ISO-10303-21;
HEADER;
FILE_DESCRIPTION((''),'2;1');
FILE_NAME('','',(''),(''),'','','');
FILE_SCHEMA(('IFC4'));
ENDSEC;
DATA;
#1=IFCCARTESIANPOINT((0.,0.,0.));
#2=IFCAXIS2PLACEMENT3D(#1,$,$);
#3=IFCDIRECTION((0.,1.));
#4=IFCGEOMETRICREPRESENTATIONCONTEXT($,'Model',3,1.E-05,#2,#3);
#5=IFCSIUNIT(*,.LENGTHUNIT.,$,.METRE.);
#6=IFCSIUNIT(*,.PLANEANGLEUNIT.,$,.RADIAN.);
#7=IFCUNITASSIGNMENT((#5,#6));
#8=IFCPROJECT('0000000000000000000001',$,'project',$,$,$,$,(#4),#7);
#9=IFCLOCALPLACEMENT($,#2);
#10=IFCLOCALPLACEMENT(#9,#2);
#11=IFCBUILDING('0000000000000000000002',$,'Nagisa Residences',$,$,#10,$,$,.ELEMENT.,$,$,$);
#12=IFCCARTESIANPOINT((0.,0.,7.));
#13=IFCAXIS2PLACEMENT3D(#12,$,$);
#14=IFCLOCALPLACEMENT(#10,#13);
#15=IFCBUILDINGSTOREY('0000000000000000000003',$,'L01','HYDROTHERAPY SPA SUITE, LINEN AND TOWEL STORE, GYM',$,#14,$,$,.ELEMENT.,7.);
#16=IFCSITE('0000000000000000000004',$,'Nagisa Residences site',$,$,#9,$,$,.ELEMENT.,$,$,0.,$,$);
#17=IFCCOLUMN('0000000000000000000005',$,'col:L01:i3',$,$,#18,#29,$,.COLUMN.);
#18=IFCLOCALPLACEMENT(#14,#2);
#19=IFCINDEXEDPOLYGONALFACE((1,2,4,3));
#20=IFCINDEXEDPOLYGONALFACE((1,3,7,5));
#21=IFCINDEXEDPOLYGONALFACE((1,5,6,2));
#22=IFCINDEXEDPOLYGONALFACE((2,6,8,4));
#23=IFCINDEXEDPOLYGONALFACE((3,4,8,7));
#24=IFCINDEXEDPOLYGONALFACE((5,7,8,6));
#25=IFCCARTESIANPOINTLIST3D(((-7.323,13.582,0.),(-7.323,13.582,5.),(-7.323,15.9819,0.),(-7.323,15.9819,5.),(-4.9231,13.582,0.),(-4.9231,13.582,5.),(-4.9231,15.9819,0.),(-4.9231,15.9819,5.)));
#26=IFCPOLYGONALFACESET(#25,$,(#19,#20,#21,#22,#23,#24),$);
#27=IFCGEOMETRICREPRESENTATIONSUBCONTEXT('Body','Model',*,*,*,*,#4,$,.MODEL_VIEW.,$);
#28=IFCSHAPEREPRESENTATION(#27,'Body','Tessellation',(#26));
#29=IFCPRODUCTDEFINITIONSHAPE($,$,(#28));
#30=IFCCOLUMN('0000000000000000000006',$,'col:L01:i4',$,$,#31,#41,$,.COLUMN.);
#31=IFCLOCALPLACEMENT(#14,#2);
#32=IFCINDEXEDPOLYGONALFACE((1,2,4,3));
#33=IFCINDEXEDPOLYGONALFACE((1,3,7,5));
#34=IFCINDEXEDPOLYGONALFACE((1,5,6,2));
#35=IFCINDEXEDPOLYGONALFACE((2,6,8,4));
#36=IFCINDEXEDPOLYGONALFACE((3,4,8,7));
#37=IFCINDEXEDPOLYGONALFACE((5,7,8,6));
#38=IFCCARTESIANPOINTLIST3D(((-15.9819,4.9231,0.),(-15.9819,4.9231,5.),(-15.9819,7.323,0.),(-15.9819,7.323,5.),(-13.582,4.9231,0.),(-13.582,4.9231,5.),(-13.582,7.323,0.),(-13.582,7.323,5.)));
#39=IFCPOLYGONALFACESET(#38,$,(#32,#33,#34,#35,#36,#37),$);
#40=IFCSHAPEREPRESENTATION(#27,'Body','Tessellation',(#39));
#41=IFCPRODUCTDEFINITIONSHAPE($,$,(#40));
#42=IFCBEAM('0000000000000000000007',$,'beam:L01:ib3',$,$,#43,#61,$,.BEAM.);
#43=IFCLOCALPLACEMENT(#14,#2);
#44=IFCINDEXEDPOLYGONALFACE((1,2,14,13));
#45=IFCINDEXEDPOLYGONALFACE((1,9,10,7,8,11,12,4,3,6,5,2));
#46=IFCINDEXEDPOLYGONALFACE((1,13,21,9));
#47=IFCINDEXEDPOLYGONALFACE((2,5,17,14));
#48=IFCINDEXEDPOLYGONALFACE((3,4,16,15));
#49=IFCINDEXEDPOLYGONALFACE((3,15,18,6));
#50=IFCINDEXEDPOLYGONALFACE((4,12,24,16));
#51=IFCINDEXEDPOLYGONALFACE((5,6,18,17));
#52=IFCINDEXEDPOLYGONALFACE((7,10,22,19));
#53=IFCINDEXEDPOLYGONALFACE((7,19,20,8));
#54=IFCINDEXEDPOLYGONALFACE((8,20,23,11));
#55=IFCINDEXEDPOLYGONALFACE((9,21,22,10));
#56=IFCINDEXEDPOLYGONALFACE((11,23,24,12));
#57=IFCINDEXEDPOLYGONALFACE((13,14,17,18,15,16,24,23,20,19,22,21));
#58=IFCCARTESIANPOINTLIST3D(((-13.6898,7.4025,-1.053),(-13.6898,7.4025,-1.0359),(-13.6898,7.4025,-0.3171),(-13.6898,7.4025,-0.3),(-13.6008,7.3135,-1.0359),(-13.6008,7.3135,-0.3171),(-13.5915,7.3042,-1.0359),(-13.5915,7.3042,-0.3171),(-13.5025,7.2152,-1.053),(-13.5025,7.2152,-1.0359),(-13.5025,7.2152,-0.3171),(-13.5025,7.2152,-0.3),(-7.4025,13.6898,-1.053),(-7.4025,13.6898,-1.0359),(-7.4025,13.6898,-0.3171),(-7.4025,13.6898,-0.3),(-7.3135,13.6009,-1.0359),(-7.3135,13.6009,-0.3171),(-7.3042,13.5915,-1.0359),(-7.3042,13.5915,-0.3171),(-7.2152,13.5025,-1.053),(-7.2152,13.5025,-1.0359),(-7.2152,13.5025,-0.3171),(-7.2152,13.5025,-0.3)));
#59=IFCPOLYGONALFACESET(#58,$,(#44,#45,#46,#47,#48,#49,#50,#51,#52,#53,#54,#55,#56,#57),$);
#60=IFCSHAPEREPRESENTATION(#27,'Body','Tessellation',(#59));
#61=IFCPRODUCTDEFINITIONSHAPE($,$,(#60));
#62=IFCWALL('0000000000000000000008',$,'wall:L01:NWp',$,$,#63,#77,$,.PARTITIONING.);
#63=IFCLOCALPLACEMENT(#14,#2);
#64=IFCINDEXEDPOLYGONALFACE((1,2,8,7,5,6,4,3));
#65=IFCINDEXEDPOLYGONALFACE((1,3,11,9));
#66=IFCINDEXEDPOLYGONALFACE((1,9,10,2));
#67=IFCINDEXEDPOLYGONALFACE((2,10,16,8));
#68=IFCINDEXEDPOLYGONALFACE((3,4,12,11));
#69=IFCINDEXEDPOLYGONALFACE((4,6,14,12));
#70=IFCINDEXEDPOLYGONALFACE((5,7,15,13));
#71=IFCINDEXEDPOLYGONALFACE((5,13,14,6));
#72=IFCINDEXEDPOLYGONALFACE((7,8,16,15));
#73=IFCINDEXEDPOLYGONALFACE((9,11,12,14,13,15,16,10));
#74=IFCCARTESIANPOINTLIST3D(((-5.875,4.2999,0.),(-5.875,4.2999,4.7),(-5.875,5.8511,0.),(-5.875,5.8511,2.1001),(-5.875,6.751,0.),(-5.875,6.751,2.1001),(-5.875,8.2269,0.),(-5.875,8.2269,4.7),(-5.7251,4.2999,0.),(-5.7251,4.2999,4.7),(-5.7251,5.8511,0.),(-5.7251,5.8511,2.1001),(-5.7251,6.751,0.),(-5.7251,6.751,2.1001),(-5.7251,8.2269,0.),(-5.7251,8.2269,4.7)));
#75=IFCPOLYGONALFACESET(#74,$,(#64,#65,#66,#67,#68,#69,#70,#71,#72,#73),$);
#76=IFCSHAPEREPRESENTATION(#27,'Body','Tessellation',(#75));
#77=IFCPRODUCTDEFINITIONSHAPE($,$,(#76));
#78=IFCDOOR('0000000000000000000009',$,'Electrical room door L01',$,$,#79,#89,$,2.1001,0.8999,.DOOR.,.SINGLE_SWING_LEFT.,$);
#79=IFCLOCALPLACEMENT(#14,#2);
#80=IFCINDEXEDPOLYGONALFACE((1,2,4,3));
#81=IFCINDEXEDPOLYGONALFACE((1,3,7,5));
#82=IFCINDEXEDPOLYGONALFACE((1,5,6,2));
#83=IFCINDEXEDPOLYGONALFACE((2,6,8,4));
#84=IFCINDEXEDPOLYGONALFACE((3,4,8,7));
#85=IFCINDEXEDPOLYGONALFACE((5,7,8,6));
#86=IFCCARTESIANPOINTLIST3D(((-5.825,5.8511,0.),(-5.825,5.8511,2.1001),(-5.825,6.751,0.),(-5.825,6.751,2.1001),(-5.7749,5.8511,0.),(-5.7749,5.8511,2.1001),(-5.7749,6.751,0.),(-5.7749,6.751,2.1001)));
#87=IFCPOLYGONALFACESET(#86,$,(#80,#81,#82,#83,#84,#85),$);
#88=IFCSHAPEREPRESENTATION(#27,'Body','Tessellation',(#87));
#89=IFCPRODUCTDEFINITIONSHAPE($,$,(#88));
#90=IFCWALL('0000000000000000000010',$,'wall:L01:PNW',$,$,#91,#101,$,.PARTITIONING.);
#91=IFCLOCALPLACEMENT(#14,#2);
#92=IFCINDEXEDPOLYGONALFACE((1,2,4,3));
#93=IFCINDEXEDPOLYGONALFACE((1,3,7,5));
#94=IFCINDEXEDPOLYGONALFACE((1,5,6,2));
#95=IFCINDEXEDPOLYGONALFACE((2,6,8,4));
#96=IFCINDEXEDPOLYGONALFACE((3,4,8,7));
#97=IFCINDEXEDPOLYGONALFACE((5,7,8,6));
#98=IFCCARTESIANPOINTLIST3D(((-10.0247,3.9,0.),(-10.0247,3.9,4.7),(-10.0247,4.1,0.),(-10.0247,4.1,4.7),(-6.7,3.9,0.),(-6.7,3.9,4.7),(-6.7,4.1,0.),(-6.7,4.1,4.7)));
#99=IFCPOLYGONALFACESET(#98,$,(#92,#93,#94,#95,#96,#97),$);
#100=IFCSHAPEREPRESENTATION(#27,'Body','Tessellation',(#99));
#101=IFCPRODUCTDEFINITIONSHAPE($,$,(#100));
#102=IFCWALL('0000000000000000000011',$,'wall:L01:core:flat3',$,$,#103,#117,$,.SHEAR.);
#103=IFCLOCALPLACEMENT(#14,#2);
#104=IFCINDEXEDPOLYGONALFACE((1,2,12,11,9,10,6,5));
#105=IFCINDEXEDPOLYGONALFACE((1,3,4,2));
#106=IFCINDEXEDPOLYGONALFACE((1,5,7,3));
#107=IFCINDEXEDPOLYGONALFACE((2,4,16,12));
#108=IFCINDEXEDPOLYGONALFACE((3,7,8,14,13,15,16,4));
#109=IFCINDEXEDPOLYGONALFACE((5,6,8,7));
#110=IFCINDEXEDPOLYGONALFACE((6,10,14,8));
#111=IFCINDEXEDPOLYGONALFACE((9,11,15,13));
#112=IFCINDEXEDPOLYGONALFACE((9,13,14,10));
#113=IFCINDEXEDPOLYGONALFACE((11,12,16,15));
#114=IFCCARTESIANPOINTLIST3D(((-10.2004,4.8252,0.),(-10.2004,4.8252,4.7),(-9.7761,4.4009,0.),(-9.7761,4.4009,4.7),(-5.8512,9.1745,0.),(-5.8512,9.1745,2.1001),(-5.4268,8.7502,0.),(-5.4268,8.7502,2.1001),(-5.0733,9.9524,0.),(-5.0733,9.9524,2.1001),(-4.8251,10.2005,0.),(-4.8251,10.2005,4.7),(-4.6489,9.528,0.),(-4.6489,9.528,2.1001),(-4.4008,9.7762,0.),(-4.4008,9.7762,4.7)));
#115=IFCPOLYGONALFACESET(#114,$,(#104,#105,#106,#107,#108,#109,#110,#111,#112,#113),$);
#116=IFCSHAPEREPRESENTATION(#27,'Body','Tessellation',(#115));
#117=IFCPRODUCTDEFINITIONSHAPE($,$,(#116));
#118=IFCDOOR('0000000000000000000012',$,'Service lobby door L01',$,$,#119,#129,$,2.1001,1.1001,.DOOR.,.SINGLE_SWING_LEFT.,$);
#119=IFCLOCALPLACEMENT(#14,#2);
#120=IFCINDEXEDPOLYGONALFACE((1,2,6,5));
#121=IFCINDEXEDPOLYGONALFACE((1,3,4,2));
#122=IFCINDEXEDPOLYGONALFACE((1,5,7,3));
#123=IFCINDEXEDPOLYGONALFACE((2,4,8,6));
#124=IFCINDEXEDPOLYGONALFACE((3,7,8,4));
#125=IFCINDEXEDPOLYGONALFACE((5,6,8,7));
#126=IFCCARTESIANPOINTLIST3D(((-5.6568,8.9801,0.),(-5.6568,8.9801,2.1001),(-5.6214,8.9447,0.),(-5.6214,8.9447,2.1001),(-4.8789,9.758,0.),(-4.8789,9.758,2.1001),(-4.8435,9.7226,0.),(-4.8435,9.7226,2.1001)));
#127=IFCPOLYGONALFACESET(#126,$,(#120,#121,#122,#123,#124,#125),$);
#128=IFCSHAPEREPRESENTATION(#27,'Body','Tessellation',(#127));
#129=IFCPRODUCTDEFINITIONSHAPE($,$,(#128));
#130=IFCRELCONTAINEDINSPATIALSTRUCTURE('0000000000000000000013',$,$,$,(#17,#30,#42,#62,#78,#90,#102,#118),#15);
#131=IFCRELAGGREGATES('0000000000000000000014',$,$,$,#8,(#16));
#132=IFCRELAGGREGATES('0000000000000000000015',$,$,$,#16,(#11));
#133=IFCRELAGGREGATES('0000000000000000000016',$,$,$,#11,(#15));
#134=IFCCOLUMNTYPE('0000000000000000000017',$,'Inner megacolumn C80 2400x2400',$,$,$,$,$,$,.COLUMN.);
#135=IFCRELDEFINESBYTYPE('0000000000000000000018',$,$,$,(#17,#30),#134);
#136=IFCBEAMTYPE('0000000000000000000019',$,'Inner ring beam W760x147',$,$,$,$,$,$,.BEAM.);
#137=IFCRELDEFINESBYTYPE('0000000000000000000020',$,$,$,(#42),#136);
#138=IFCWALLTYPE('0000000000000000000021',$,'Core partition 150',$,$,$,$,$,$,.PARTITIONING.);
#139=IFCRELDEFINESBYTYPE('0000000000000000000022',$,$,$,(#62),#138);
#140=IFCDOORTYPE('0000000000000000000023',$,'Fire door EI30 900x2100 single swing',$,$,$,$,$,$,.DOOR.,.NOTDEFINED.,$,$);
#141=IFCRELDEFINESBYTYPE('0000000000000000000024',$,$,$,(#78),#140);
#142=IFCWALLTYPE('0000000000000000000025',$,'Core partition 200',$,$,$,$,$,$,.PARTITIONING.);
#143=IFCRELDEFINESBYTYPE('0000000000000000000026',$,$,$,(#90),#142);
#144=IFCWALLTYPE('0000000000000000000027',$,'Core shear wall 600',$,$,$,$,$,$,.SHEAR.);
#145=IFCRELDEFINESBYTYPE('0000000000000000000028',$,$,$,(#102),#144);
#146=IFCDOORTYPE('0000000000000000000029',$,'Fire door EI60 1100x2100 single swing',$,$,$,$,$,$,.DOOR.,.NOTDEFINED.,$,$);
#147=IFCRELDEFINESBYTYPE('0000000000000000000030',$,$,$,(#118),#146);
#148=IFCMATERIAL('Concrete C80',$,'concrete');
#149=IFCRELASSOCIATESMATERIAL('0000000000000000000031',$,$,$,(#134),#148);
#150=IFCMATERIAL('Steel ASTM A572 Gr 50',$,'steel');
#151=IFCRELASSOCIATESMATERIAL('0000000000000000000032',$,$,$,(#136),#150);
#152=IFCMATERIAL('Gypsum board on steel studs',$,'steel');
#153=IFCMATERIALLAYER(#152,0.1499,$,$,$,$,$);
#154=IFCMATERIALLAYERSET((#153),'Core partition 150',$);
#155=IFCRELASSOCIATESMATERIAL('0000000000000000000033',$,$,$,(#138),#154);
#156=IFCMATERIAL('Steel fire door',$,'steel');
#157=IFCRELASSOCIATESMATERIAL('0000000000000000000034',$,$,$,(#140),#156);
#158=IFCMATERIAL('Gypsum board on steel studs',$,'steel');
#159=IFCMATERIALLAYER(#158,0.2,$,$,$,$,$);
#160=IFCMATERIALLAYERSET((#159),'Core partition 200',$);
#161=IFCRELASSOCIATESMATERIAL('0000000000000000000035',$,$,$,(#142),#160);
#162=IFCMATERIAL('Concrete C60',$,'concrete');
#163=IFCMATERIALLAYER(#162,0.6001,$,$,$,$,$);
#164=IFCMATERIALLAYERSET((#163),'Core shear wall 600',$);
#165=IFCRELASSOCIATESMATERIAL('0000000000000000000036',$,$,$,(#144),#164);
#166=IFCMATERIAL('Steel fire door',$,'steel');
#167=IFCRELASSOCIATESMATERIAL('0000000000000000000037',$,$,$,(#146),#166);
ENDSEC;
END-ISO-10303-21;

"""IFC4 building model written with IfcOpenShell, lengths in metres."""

from ifc_helpers import new_model, si_unit, direction, frame, frame_2d, origin, origin_2d, place, context, subcontext, project, spatial, rectangle, i_section, extrude, material, layer, layer_set, material_profile, profile_set, type_object, element, fill, save


model = new_model("IFC4")

# Units and contexts
model_context = context("Model", 3, precision=1e-05, world=origin(), true_north=direction((0.0, 1.0)))
body_context = subcontext(model_context, "Body", "Model", "MODEL_VIEW")
ifc_project = project(units=[si_unit("LENGTHUNIT", "METRE"), si_unit("PLANEANGLEUNIT", "RADIAN")], contexts=[model_context])

# Site, building, storey
site_placement = place(None, origin())
site = spatial("IfcSite", under=ifc_project, at=site_placement, Name="Nagisa Residences site", CompositionType="ELEMENT", RefElevation=0.0)
building_placement = place(site_placement, origin())
building = spatial("IfcBuilding", under=site, at=building_placement, Name="Nagisa Residences", CompositionType="ELEMENT")
storey_placement = place(building_placement, frame((0.0, 0.0, 7.0)))
storey = spatial("IfcBuildingStorey", under=building, at=storey_placement, Name="L01", Description="HYDROTHERAPY SPA SUITE, LINEN AND TOWEL STORE, GYM", CompositionType="ELEMENT", Elevation=7.0)

# Columns
ifc_material_1 = material(Name="Concrete C80", Category="concrete")
ifc_material_profile_1 = material_profile(ifc_material_1, rectangle(XDim=2.3999, YDim=2.3999, at=origin_2d()), Name="C80 2400x2400")
ifc_profile_set_1 = profile_set([ifc_material_profile_1], Name="Concrete C80")
column_type = type_object("IfcColumnType", Name="Inner megacolumn C80 2400x2400", PredefinedType="COLUMN", material=ifc_profile_set_1)
for number, where, z_axis, x_axis, name in (
    (1, (-6.123, 14.782, 0.0), (0.0, 0.0, 1.0), (1.0, 0.0, 0.0), "col:L01:i3"),
    (2, (-14.782, 6.123, 0.0), (0.0, 0.0, 1.0), (1.0, 0.0, 0.0), "col:L01:i4"),
):
    element("IfcColumn", number, at=place(storey_placement, frame(where, z_axis=z_axis, x_axis=x_axis)), inside=storey, type_object=column_type, Name=name, PredefinedType="COLUMN", context=body_context, shape_type="SweptSolid", body=[
        extrude(rectangle(XDim=2.3999, YDim=2.3999, at=origin_2d()), origin(), (0.0, 0.0, 1.0), 5.0),
    ])

# Beam
ifc_material_2 = material(Name="Steel ASTM A572 Gr 50", Category="steel")
ifc_material_profile_2 = material_profile(ifc_material_2, i_section(OverallWidth=0.2649, OverallDepth=0.7529, WebThickness=0.0132, FlangeThickness=0.0171, at=origin_2d()), Name="W760x147")
ifc_profile_set_2 = profile_set([ifc_material_profile_2], Name="Steel ASTM A572 Gr 50")
beam_type = type_object("IfcBeamType", Name="Inner ring beam W760x147", PredefinedType="BEAM", material=ifc_profile_set_2)
beam_placement = place(storey_placement, frame((-7.3088, 13.5962, -0.6765), z_axis=(-0.707107, -0.707107, 0.0), x_axis=(0.707107, -0.707107, 0.0)))
element("IfcBeam", 3, at=beam_placement, inside=storey, type_object=beam_type, Name="beam:L01:ib3", PredefinedType="BEAM", context=body_context, shape_type="SweptSolid", body=[
    extrude(i_section(OverallWidth=0.2649, OverallDepth=0.7529, WebThickness=0.0132, FlangeThickness=0.0171, at=origin_2d()), origin(), (0.0, 0.0, 1.0), 8.8916),
])

# Wall, opening, door
ifc_material_3 = material(Name="Gypsum board on steel studs", Category="steel")
ifc_layer_1 = layer(ifc_material_3, 0.1499)
ifc_layer_set_1 = layer_set([ifc_layer_1], Name="Core partition 150")
wall_type_1 = type_object("IfcWallType", Name="Core partition 150", PredefinedType="PARTITIONING", material=ifc_layer_set_1)
wall_1_placement = place(storey_placement, frame((-5.8, 4.3, 0.0), z_axis=(0.0, 0.0, 1.0), x_axis=(0.0, 1.0, 0.0)))
wall_1 = element("IfcWall", 4, at=wall_1_placement, inside=storey, type_object=wall_type_1, Name="wall:L01:NWp", PredefinedType="PARTITIONING", context=body_context, shape_type="SweptSolid", body=[
    extrude(rectangle(XDim=3.927, YDim=0.1499, at=frame_2d((1.9634, 0.0))), origin(), (0.0, 0.0, 1.0), 4.7),
])
opening_1_placement = place(wall_1_placement, frame((1.551, 0.0, 0.0)))
opening_1 = element("IfcOpeningElement", 5, at=opening_1_placement, cuts=wall_1, PredefinedType="OPENING", context=body_context, shape_type="SweptSolid", body=[
    extrude(rectangle(XDim=0.8999, YDim=2.1001, at=frame_2d((0.45, 1.05))), frame((0.0, 0.085, 0.0), z_axis=(0.0, -1.0, 0.0), x_axis=(1.0, 0.0, 0.0)), (0.0, 0.0, 1.0), 0.1699),
])
ifc_material_4 = material(Name="Steel fire door", Category="steel")
door_type_1 = type_object("IfcDoorType", Name="Fire door EI30 900x2100 single swing", OperationType="NOTDEFINED", PredefinedType="DOOR", material=ifc_material_4)
door_1_placement = place(opening_1_placement, origin())
door_1 = element("IfcDoor", 6, at=door_1_placement, inside=storey, type_object=door_type_1, Name="Electrical room door L01", OperationType="SINGLE_SWING_LEFT", OverallHeight=2.1001, OverallWidth=0.8999, PredefinedType="DOOR", context=body_context, shape_type="SweptSolid", body=[
    extrude(rectangle(XDim=0.8999, YDim=2.1001, at=frame_2d((0.45, 1.05))), frame((0.0, 0.0249, 0.0), z_axis=(0.0, -1.0, 0.0), x_axis=(1.0, 0.0, 0.0)), (0.0, 0.0, 1.0), 0.05),
])
fill(opening_1, door_1)

# Wall
ifc_material_5 = material(Name="Gypsum board on steel studs", Category="steel")
ifc_layer_2 = layer(ifc_material_5, 0.2)
ifc_layer_set_2 = layer_set([ifc_layer_2], Name="Core partition 200")
wall_type_2 = type_object("IfcWallType", Name="Core partition 200", PredefinedType="PARTITIONING", material=ifc_layer_set_2)
wall_2_placement = place(storey_placement, frame((-10.0247, 4.0, 0.0), z_axis=(0.0, 0.0, 1.0), x_axis=(1.0, 0.0, 0.0)))
element("IfcWall", 7, at=wall_2_placement, inside=storey, type_object=wall_type_2, Name="wall:L01:PNW", PredefinedType="PARTITIONING", context=body_context, shape_type="SweptSolid", body=[
    extrude(rectangle(XDim=3.3247, YDim=0.2, at=frame_2d((1.6624, 0.0))), origin(), (0.0, 0.0, 1.0), 4.7),
])

# Wall, opening, door
ifc_material_6 = material(Name="Concrete C60", Category="concrete")
ifc_layer_3 = layer(ifc_material_6, 0.6001)
ifc_layer_set_3 = layer_set([ifc_layer_3], Name="Core shear wall 600")
wall_type_3 = type_object("IfcWallType", Name="Core shear wall 600", PredefinedType="SHEAR", material=ifc_layer_set_3)
wall_3_placement = place(storey_placement, frame((-4.613, 9.9883, 0.0), z_axis=(0.0, 0.0, 1.0), x_axis=(-0.707107, -0.707107, 0.0)))
wall_3 = element("IfcWall", 8, at=wall_3_placement, inside=storey, type_object=wall_type_3, Name="wall:L01:core:flat3", PredefinedType="SHEAR", context=body_context, shape_type="SweptSolid", body=[
    extrude(rectangle(XDim=7.6018, YDim=0.6001, at=frame_2d((3.8008, 0.0))), origin(), (0.0, 0.0, 1.0), 4.7),
])
opening_2_placement = place(wall_3_placement, frame((0.3508, 0.0, 0.0)))
opening_2 = element("IfcOpeningElement", 9, at=opening_2_placement, cuts=wall_3, PredefinedType="OPENING", context=body_context, shape_type="SweptSolid", body=[
    extrude(rectangle(XDim=1.1001, YDim=2.1001, at=frame_2d((0.55, 1.05))), frame((0.0, 0.3101, 0.0), z_axis=(0.0, -1.0, 0.0), x_axis=(1.0, 0.0, 0.0)), (0.0, 0.0, 1.0), 0.6201),
])
ifc_material_7 = material(Name="Steel fire door", Category="steel")
door_type_2 = type_object("IfcDoorType", Name="Fire door EI60 1100x2100 single swing", OperationType="NOTDEFINED", PredefinedType="DOOR", material=ifc_material_7)
door_2_placement = place(opening_2_placement, origin())
door_2 = element("IfcDoor", 10, at=door_2_placement, inside=storey, type_object=door_type_2, Name="Service lobby door L01", OperationType="SINGLE_SWING_LEFT", OverallHeight=2.1001, OverallWidth=1.1001, PredefinedType="DOOR", context=body_context, shape_type="SweptSolid", body=[
    extrude(rectangle(XDim=1.1001, YDim=2.1001, at=frame_2d((0.55, 1.05))), frame((0.0, 0.0249, 0.0), z_axis=(0.0, -1.0, 0.0), x_axis=(1.0, 0.0, 0.0)), (0.0, 0.0, 1.0), 0.05),
])
fill(opening_2, door_2)

save(model, "model.ifc")
